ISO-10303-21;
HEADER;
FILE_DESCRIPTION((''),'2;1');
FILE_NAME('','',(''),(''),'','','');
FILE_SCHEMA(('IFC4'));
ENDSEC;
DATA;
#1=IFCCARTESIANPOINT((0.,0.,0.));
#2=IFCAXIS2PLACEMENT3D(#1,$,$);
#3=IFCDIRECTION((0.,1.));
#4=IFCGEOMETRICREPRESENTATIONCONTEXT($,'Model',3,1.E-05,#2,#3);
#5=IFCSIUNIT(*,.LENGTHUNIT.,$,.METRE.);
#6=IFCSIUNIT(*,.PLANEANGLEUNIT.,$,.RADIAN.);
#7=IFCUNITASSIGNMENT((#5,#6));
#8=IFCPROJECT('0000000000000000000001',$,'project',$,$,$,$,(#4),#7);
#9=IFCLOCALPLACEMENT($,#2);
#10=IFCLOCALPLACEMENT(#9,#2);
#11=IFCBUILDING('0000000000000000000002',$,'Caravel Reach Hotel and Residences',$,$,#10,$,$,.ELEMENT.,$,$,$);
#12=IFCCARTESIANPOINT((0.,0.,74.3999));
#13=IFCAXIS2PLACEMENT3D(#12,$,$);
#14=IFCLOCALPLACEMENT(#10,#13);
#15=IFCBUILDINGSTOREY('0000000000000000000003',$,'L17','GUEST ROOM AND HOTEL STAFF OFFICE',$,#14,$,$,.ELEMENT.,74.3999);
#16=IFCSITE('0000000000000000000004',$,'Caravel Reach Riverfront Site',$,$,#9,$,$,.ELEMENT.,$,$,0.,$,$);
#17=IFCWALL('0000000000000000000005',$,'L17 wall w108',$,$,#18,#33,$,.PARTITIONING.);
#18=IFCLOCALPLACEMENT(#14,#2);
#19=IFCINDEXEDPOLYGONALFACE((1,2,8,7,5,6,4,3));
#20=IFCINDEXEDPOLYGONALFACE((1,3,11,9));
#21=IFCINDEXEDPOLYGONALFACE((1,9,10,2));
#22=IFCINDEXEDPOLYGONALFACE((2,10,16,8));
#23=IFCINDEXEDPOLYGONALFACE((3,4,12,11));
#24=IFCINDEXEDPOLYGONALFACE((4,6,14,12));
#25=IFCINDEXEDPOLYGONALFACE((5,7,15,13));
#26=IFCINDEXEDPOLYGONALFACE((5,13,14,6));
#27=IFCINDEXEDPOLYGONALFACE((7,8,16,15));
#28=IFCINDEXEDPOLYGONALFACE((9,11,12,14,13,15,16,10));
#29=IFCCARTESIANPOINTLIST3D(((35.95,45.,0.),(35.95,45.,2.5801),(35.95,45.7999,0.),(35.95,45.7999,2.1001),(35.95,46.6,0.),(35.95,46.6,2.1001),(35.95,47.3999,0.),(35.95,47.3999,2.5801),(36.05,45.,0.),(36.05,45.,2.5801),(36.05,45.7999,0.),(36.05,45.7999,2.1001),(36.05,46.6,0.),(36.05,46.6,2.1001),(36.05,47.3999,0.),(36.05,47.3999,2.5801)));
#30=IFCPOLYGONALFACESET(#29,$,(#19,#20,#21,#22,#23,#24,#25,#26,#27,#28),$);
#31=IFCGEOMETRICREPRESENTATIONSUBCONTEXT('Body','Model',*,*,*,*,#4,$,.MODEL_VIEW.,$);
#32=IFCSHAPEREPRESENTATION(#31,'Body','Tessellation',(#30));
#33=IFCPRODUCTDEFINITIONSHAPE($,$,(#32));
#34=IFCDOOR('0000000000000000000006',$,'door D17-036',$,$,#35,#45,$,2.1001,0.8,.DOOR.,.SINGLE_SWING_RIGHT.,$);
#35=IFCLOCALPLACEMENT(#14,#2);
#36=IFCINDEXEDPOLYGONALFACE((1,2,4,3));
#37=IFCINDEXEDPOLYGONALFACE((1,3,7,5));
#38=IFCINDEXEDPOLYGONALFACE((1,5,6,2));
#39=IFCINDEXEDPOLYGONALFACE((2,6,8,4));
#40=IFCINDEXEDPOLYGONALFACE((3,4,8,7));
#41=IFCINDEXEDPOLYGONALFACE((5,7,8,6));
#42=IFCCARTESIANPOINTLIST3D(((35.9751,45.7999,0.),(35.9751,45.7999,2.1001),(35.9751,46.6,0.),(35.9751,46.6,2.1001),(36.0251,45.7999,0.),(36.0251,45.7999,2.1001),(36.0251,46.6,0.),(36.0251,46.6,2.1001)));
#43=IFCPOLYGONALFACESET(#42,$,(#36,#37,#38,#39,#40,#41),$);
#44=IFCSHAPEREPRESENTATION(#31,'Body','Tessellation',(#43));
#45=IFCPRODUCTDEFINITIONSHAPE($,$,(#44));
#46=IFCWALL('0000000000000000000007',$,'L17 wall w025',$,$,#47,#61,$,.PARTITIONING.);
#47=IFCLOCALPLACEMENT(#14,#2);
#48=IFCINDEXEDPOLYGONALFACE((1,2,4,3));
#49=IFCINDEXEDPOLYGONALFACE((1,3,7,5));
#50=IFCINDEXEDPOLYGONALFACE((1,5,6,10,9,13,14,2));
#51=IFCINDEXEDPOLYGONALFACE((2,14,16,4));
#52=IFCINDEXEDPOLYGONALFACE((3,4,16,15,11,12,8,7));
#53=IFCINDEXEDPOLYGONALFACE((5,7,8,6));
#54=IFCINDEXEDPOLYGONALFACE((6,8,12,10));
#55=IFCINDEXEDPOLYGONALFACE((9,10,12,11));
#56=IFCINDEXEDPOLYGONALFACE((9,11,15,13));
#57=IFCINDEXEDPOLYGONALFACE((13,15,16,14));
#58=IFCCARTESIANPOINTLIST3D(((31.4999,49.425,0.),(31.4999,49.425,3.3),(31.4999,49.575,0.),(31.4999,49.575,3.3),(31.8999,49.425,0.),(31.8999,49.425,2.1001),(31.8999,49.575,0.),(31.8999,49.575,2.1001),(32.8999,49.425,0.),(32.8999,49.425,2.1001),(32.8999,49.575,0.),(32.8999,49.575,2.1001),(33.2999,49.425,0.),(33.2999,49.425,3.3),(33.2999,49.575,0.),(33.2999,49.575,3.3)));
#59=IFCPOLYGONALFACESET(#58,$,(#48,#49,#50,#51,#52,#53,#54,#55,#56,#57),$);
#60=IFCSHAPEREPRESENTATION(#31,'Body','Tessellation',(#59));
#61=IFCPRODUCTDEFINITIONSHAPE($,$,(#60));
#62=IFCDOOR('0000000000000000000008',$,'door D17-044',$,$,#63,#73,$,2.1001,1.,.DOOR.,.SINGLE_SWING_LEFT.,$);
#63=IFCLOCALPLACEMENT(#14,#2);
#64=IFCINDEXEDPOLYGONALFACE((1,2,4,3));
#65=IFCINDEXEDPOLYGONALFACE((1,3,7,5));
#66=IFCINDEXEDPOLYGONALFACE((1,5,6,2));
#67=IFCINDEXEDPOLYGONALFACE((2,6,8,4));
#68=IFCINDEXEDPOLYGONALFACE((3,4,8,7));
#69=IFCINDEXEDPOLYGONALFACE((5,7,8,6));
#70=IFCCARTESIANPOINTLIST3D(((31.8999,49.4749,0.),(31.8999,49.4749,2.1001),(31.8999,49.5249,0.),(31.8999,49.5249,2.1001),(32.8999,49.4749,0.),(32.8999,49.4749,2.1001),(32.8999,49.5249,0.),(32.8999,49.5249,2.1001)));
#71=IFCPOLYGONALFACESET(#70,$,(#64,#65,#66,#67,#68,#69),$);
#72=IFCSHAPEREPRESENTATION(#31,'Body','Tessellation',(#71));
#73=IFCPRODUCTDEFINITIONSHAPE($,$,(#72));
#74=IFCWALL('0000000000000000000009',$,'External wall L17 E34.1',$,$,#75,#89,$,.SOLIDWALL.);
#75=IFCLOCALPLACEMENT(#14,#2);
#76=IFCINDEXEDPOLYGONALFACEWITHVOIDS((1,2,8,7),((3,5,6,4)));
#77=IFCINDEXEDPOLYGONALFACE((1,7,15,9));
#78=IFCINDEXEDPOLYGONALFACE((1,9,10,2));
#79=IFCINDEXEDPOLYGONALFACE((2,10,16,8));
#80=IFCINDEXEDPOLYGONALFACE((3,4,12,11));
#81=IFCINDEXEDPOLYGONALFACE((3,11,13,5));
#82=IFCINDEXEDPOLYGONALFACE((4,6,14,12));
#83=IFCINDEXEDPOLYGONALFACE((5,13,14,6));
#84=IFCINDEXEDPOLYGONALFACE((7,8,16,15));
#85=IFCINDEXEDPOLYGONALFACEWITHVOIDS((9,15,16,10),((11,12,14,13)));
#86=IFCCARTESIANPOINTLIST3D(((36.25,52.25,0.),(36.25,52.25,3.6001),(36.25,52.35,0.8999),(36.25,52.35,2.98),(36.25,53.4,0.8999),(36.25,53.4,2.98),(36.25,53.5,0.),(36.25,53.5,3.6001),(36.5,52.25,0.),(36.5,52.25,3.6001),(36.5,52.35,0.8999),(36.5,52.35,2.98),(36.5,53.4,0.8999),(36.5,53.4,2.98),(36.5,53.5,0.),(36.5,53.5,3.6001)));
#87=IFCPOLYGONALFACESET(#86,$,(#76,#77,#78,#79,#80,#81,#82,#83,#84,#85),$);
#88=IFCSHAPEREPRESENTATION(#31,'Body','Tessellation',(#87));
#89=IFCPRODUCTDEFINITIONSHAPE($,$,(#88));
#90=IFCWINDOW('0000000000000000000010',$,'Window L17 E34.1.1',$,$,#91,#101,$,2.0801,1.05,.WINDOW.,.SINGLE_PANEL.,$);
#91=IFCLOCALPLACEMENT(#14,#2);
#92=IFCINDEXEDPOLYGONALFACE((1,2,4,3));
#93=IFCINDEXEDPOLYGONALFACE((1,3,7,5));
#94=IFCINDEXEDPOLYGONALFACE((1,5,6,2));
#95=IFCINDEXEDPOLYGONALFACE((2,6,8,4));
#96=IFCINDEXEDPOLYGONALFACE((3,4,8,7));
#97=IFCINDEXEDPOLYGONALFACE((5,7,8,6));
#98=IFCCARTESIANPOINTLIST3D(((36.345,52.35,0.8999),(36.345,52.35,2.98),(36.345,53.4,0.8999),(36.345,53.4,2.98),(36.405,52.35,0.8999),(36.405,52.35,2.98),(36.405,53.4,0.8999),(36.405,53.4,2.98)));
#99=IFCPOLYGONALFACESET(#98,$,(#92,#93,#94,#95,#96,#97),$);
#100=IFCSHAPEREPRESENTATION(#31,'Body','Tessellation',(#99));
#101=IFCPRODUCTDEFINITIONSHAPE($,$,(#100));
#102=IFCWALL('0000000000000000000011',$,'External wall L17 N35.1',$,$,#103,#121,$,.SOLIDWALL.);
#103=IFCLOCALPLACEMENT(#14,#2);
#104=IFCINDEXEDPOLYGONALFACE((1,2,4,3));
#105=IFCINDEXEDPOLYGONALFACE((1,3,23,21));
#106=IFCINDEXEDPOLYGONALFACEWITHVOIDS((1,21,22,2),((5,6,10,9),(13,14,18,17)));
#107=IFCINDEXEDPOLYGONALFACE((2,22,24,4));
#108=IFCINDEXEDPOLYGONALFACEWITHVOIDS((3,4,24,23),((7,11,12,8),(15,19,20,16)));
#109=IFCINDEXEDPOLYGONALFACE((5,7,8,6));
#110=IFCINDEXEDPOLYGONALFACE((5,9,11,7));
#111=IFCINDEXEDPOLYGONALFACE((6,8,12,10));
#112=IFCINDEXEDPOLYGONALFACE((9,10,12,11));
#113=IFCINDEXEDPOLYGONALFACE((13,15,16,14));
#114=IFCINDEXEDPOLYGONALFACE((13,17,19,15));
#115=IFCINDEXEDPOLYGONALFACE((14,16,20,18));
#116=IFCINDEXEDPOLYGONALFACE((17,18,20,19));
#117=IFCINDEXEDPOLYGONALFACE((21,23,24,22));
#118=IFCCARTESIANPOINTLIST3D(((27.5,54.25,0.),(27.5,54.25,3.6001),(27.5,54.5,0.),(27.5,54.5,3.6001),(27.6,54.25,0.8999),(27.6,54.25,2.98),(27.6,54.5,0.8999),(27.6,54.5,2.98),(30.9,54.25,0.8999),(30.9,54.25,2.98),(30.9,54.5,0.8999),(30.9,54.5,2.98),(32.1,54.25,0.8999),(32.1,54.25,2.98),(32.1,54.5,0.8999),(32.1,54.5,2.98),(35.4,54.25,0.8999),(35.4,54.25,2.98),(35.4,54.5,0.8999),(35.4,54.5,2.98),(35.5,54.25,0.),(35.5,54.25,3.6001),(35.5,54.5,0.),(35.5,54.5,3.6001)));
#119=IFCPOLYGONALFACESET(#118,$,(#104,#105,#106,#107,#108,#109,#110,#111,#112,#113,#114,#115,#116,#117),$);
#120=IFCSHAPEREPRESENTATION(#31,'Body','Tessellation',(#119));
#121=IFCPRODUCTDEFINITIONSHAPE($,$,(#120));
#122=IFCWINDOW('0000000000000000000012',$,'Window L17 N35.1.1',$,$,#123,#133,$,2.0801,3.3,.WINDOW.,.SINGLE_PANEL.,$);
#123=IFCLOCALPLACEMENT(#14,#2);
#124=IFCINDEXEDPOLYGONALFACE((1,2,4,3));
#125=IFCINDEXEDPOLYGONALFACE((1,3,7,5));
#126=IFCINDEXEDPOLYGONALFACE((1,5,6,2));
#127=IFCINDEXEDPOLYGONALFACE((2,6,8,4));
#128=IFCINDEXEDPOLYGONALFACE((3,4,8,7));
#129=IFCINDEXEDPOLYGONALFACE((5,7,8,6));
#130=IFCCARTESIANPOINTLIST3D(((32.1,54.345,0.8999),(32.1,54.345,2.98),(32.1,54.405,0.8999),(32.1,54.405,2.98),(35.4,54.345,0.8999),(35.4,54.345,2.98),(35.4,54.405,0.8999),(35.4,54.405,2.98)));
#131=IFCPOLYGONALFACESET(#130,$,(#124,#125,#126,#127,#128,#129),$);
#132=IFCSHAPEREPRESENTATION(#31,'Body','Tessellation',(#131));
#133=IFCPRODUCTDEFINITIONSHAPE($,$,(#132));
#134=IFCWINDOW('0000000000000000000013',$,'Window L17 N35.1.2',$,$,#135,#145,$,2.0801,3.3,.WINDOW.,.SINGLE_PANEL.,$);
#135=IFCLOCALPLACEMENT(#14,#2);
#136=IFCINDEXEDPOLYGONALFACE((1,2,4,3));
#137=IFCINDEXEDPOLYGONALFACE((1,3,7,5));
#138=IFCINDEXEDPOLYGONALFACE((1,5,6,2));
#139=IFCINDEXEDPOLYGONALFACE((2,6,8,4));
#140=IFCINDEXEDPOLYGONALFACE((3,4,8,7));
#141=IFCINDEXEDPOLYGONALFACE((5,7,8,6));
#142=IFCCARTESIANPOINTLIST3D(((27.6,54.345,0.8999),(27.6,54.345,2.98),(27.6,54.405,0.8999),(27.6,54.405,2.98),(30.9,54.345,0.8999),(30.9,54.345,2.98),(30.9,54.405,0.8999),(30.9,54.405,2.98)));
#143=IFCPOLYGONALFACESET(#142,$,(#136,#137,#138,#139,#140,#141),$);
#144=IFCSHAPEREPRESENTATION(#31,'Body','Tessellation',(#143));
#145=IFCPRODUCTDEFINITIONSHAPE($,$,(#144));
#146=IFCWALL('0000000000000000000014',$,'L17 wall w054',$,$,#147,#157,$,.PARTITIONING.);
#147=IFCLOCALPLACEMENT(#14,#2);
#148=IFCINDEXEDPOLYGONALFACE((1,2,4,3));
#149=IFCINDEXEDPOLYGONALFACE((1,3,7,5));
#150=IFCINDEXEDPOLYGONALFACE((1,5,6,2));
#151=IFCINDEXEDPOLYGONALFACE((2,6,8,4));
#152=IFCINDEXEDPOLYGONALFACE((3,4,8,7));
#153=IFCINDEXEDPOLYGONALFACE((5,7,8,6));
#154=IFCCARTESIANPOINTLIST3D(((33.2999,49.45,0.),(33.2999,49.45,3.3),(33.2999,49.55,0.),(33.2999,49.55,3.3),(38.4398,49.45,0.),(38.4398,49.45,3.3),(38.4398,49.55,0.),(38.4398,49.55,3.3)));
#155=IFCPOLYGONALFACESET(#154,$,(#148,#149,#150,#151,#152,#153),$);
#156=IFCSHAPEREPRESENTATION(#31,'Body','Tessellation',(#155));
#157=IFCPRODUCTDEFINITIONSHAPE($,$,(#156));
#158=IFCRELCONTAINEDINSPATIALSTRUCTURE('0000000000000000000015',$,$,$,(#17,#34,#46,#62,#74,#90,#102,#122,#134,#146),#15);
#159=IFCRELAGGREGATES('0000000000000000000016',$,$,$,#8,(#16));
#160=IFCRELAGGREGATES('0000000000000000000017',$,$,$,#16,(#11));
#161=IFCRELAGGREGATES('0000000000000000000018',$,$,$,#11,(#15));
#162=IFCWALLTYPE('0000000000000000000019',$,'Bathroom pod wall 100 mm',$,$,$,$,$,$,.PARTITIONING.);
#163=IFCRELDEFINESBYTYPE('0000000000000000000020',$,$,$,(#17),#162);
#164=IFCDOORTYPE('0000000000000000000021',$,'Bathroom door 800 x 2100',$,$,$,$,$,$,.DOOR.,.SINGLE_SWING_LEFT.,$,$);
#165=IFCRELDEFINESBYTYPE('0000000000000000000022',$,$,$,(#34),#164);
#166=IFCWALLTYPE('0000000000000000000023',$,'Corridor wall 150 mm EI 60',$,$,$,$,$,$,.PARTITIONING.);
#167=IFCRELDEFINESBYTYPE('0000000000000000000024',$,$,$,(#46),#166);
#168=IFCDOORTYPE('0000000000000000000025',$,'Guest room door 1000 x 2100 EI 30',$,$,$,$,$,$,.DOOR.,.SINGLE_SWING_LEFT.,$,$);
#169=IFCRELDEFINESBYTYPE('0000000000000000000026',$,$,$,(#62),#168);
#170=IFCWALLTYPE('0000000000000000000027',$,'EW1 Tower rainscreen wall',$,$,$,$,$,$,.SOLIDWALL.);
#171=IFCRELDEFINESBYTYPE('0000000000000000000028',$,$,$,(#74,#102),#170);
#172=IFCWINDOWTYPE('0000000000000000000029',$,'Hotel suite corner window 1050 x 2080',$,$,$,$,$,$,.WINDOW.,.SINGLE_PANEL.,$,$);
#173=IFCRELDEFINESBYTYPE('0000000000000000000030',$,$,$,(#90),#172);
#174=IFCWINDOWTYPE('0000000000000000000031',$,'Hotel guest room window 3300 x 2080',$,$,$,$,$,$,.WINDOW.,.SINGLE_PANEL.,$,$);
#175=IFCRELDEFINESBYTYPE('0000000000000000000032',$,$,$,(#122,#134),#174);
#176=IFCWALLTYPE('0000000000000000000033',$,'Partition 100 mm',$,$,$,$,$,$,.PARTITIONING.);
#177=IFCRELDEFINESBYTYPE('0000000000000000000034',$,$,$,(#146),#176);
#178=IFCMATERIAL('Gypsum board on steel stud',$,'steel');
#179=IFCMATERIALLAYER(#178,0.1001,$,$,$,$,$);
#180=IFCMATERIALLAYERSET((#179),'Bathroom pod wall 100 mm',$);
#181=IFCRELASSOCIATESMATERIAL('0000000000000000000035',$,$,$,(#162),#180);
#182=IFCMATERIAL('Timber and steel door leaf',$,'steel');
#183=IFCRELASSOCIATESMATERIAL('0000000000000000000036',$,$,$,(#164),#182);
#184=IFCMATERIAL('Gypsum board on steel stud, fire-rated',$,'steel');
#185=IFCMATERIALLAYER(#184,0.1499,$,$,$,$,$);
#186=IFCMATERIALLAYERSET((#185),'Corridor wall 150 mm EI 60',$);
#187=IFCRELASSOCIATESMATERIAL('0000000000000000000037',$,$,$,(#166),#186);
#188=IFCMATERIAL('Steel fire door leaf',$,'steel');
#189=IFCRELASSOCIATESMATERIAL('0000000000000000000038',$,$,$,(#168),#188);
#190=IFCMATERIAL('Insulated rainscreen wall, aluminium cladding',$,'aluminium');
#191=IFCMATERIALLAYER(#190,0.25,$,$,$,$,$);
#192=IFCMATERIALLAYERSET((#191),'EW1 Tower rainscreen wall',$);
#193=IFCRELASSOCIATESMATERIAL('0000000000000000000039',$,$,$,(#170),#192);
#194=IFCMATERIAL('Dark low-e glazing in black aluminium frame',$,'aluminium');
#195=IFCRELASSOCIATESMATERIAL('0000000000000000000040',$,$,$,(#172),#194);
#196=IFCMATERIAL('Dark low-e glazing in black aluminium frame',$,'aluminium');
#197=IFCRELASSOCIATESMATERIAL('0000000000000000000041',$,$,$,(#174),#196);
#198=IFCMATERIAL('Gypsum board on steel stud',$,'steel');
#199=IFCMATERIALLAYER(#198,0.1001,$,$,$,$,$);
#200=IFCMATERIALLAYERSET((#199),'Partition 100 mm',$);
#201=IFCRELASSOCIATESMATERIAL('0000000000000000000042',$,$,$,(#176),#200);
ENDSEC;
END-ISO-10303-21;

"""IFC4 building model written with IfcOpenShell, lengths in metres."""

from ifc_helpers import new_model, si_unit, direction, frame, frame_2d, origin, place, context, subcontext, project, spatial, rectangle, extrude, material, layer, layer_set, type_object, element, fill, save


model = new_model("IFC4")

# Units and contexts
model_context = context("Model", 3, precision=1e-05, world=origin(), true_north=direction((0.0, 1.0)))
body_context = subcontext(model_context, "Body", "Model", "MODEL_VIEW")
ifc_project = project(units=[si_unit("LENGTHUNIT", "METRE"), si_unit("PLANEANGLEUNIT", "RADIAN")], contexts=[model_context])

# Site, building, storey
site_placement = place(None, origin())
site = spatial("IfcSite", under=ifc_project, at=site_placement, Name="Caravel Reach Riverfront Site", CompositionType="ELEMENT", RefElevation=0.0)
building_placement = place(site_placement, origin())
building = spatial("IfcBuilding", under=site, at=building_placement, Name="Caravel Reach Hotel and Residences", CompositionType="ELEMENT")
storey_placement = place(building_placement, frame((0.0, 0.0, 74.3999)))
storey = spatial("IfcBuildingStorey", under=building, at=storey_placement, Name="L17", Description="GUEST ROOM AND HOTEL STAFF OFFICE", CompositionType="ELEMENT", Elevation=74.3999)

# Shared definitions
ifc_material_1 = material(Name="Gypsum board on steel stud", Category="steel")
ifc_layer_1 = layer(ifc_material_1, 0.1001)
ifc_layer_set_1 = layer_set([ifc_layer_1], Name="Bathroom pod wall 100 mm")
wall_type_1 = type_object("IfcWallType", Name="Bathroom pod wall 100 mm", PredefinedType="PARTITIONING", material=ifc_layer_set_1)

# Walls, openings, doors
wall_1_placement = place(storey_placement, frame((36.0, 45.0, 0.0), z_axis=(0.0, 0.0, 1.0), x_axis=(0.0, 1.0, 0.0)))
wall_1 = element("IfcWall", 1, at=wall_1_placement, inside=storey, type_object=wall_type_1, Name="L17 wall w108", PredefinedType="PARTITIONING", context=body_context, shape_type="SweptSolid", body=[
    extrude(rectangle(XDim=2.3999, YDim=0.1001, at=frame_2d((1.2, 0.0))), origin(), (0.0, 0.0, 1.0), 2.5801),
])
opening_1_placement = place(wall_1_placement, frame((0.8, 0.0, 0.0)))
opening_1 = element("IfcOpeningElement", 2, at=opening_1_placement, cuts=wall_1, PredefinedType="OPENING", context=body_context, shape_type="SweptSolid", body=[
    extrude(rectangle(XDim=0.8, YDim=2.1001, at=frame_2d((0.3999, 1.05))), frame((0.0, 0.0601, 0.0), z_axis=(0.0, -1.0, 0.0), x_axis=(1.0, 0.0, 0.0)), (0.0, 0.0, 1.0), 0.1201),
])
ifc_material_2 = material(Name="Timber and steel door leaf", Category="steel")
door_type_1 = type_object("IfcDoorType", Name="Bathroom door 800 x 2100", OperationType="SINGLE_SWING_LEFT", PredefinedType="DOOR", material=ifc_material_2)
door_1_placement = place(opening_1_placement, origin())
door_1 = element("IfcDoor", 3, at=door_1_placement, inside=storey, type_object=door_type_1, Name="door D17-036", OperationType="SINGLE_SWING_RIGHT", OverallHeight=2.1001, OverallWidth=0.8, PredefinedType="DOOR", context=body_context, shape_type="SweptSolid", body=[
    extrude(rectangle(XDim=0.8, YDim=2.1001, at=frame_2d((0.3999, 1.05))), frame((0.0, 0.0249, 0.0), z_axis=(0.0, -1.0, 0.0), x_axis=(1.0, 0.0, 0.0)), (0.0, 0.0, 1.0), 0.05),
])
fill(opening_1, door_1)
ifc_material_3 = material(Name="Gypsum board on steel stud, fire-rated", Category="steel")
ifc_layer_2 = layer(ifc_material_3, 0.1499)
ifc_layer_set_2 = layer_set([ifc_layer_2], Name="Corridor wall 150 mm EI 60")
wall_type_2 = type_object("IfcWallType", Name="Corridor wall 150 mm EI 60", PredefinedType="PARTITIONING", material=ifc_layer_set_2)
wall_2_placement = place(storey_placement, frame((31.5, 49.5, 0.0), z_axis=(0.0, 0.0, 1.0), x_axis=(1.0, 0.0, 0.0)))
wall_2 = element("IfcWall", 4, at=wall_2_placement, inside=storey, type_object=wall_type_2, Name="L17 wall w025", PredefinedType="PARTITIONING", context=body_context, shape_type="SweptSolid", body=[
    extrude(rectangle(XDim=1.8, YDim=0.1499, at=frame_2d((0.8999, 0.0))), origin(), (0.0, 0.0, 1.0), 3.3),
])
opening_2_placement = place(wall_2_placement, frame((0.3999, 0.0, 0.0)))
opening_2 = element("IfcOpeningElement", 5, at=opening_2_placement, cuts=wall_2, PredefinedType="OPENING", context=body_context, shape_type="SweptSolid", body=[
    extrude(rectangle(XDim=1.0, YDim=2.1001, at=frame_2d((0.5, 1.05))), frame((0.0, 0.085, 0.0), z_axis=(0.0, -1.0, 0.0), x_axis=(1.0, 0.0, 0.0)), (0.0, 0.0, 1.0), 0.1699),
])
ifc_material_4 = material(Name="Steel fire door leaf", Category="steel")
door_type_2 = type_object("IfcDoorType", Name="Guest room door 1000 x 2100 EI 30", OperationType="SINGLE_SWING_LEFT", PredefinedType="DOOR", material=ifc_material_4)
door_2_placement = place(opening_2_placement, origin())
door_2 = element("IfcDoor", 6, at=door_2_placement, inside=storey, type_object=door_type_2, Name="door D17-044", OperationType="SINGLE_SWING_LEFT", OverallHeight=2.1001, OverallWidth=1.0, PredefinedType="DOOR", context=body_context, shape_type="SweptSolid", body=[
    extrude(rectangle(XDim=1.0, YDim=2.1001, at=frame_2d((0.5, 1.05))), frame((0.0, 0.0249, 0.0), z_axis=(0.0, -1.0, 0.0), x_axis=(1.0, 0.0, 0.0)), (0.0, 0.0, 1.0), 0.05),
])
fill(opening_2, door_2)

# Wall, opening, window
ifc_material_5 = material(Name="Insulated rainscreen wall, aluminium cladding", Category="aluminium")
ifc_layer_3 = layer(ifc_material_5, 0.25)
ifc_layer_set_3 = layer_set([ifc_layer_3], Name="EW1 Tower rainscreen wall")
wall_type_3 = type_object("IfcWallType", Name="EW1 Tower rainscreen wall", PredefinedType="SOLIDWALL", material=ifc_layer_set_3)
wall_3_placement = place(storey_placement, frame((36.375, 52.25, 0.0), z_axis=(0.0, 0.0, 1.0), x_axis=(0.0, 1.0, 0.0)))
wall_3 = element("IfcWall", 7, at=wall_3_placement, inside=storey, type_object=wall_type_3, Name="External wall L17 E34.1", PredefinedType="SOLIDWALL", context=body_context, shape_type="SweptSolid", body=[
    extrude(rectangle(XDim=1.25, YDim=0.25, at=frame_2d((0.625, 0.0))), origin(), (0.0, 0.0, 1.0), 3.6001),
])
opening_3_placement = place(wall_3_placement, frame((0.1001, 0.0, 0.8999)))
opening_3 = element("IfcOpeningElement", 8, at=opening_3_placement, cuts=wall_3, PredefinedType="OPENING", context=body_context, shape_type="SweptSolid", body=[
    extrude(rectangle(XDim=1.05, YDim=2.0801, at=frame_2d((0.5249, 1.04))), frame((0.0, 0.135, 0.0), z_axis=(0.0, -1.0, 0.0), x_axis=(1.0, 0.0, 0.0)), (0.0, 0.0, 1.0), 0.27),
])
ifc_material_6 = material(Name="Dark low-e glazing in black aluminium frame", Category="aluminium")
window_type_1 = type_object("IfcWindowType", Name="Hotel suite corner window 1050 x 2080", PartitioningType="SINGLE_PANEL", PredefinedType="WINDOW", material=ifc_material_6)
window_1_placement = place(opening_3_placement, origin())
window_1 = element("IfcWindow", 9, at=window_1_placement, inside=storey, type_object=window_type_1, Name="Window L17 E34.1.1", OverallHeight=2.0801, OverallWidth=1.05, PartitioningType="SINGLE_PANEL", PredefinedType="WINDOW", context=body_context, shape_type="SweptSolid", body=[
    extrude(rectangle(XDim=1.05, YDim=2.0801, at=frame_2d((0.5249, 1.04))), frame((0.0, 0.03, 0.0), z_axis=(0.0, -1.0, 0.0), x_axis=(1.0, 0.0, 0.0)), (0.0, 0.0, 1.0), 0.0601),
])
fill(opening_3, window_1)

# Wall, openings, windows
wall_4_placement = place(storey_placement, frame((35.5, 54.375, 0.0), z_axis=(0.0, 0.0, 1.0), x_axis=(-1.0, 0.0, 0.0)))
wall_4 = element("IfcWall", 10, at=wall_4_placement, inside=storey, type_object=wall_type_3, Name="External wall L17 N35.1", PredefinedType="SOLIDWALL", context=body_context, shape_type="SweptSolid", body=[
    extrude(rectangle(XDim=8.0, YDim=0.25, at=frame_2d((4.0, 0.0))), origin(), (0.0, 0.0, 1.0), 3.6001),
])
opening_4_placement = place(wall_4_placement, frame((0.1001, 0.0, 0.8999)))
opening_4 = element("IfcOpeningElement", 11, at=opening_4_placement, cuts=wall_4, PredefinedType="OPENING", context=body_context, shape_type="SweptSolid", body=[
    extrude(rectangle(XDim=3.3, YDim=2.0801, at=frame_2d((1.6499, 1.04))), frame((0.0, 0.135, 0.0), z_axis=(0.0, -1.0, 0.0), x_axis=(1.0, 0.0, 0.0)), (0.0, 0.0, 1.0), 0.27),
])
opening_5_placement = place(wall_4_placement, frame((4.6001, 0.0, 0.8999)))
opening_5 = element("IfcOpeningElement", 12, at=opening_5_placement, cuts=wall_4, PredefinedType="OPENING", context=body_context, shape_type="SweptSolid", body=[
    extrude(rectangle(XDim=3.3, YDim=2.0801, at=frame_2d((1.6499, 1.04))), frame((0.0, 0.135, 0.0), z_axis=(0.0, -1.0, 0.0), x_axis=(1.0, 0.0, 0.0)), (0.0, 0.0, 1.0), 0.27),
])
ifc_material_7 = material(Name="Dark low-e glazing in black aluminium frame", Category="aluminium")
window_type_2 = type_object("IfcWindowType", Name="Hotel guest room window 3300 x 2080", PartitioningType="SINGLE_PANEL", PredefinedType="WINDOW", material=ifc_material_7)
window_2_placement = place(opening_4_placement, origin())
window_2 = element("IfcWindow", 13, at=window_2_placement, inside=storey, type_object=window_type_2, Name="Window L17 N35.1.1", OverallHeight=2.0801, OverallWidth=3.3, PartitioningType="SINGLE_PANEL", PredefinedType="WINDOW", context=body_context, shape_type="SweptSolid", body=[
    extrude(rectangle(XDim=3.3, YDim=2.0801, at=frame_2d((1.6499, 1.04))), frame((0.0, 0.03, 0.0), z_axis=(0.0, -1.0, 0.0), x_axis=(1.0, 0.0, 0.0)), (0.0, 0.0, 1.0), 0.0601),
])
fill(opening_4, window_2)
window_3_placement = place(opening_5_placement, origin())
window_3 = element("IfcWindow", 14, at=window_3_placement, inside=storey, type_object=window_type_2, Name="Window L17 N35.1.2", OverallHeight=2.0801, OverallWidth=3.3, PartitioningType="SINGLE_PANEL", PredefinedType="WINDOW", context=body_context, shape_type="SweptSolid", body=[
    extrude(rectangle(XDim=3.3, YDim=2.0801, at=frame_2d((1.6499, 1.04))), frame((0.0, 0.03, 0.0), z_axis=(0.0, -1.0, 0.0), x_axis=(1.0, 0.0, 0.0)), (0.0, 0.0, 1.0), 0.0601),
])
fill(opening_5, window_3)

# Wall
ifc_material_8 = material(Name="Gypsum board on steel stud", Category="steel")
ifc_layer_4 = layer(ifc_material_8, 0.1001)
ifc_layer_set_4 = layer_set([ifc_layer_4], Name="Partition 100 mm")
wall_type_4 = type_object("IfcWallType", Name="Partition 100 mm", PredefinedType="PARTITIONING", material=ifc_layer_set_4)
wall_5_placement = place(storey_placement, frame((33.3, 49.5, 0.0), z_axis=(0.0, 0.0, 1.0), x_axis=(1.0, 0.0, 0.0)))
element("IfcWall", 15, at=wall_5_placement, inside=storey, type_object=wall_type_4, Name="L17 wall w054", PredefinedType="PARTITIONING", context=body_context, shape_type="SweptSolid", body=[
    extrude(rectangle(XDim=5.1399, YDim=0.1001, at=frame_2d((2.5698, 0.0))), origin(), (0.0, 0.0, 1.0), 3.3),
])

save(model, "model.ifc")
